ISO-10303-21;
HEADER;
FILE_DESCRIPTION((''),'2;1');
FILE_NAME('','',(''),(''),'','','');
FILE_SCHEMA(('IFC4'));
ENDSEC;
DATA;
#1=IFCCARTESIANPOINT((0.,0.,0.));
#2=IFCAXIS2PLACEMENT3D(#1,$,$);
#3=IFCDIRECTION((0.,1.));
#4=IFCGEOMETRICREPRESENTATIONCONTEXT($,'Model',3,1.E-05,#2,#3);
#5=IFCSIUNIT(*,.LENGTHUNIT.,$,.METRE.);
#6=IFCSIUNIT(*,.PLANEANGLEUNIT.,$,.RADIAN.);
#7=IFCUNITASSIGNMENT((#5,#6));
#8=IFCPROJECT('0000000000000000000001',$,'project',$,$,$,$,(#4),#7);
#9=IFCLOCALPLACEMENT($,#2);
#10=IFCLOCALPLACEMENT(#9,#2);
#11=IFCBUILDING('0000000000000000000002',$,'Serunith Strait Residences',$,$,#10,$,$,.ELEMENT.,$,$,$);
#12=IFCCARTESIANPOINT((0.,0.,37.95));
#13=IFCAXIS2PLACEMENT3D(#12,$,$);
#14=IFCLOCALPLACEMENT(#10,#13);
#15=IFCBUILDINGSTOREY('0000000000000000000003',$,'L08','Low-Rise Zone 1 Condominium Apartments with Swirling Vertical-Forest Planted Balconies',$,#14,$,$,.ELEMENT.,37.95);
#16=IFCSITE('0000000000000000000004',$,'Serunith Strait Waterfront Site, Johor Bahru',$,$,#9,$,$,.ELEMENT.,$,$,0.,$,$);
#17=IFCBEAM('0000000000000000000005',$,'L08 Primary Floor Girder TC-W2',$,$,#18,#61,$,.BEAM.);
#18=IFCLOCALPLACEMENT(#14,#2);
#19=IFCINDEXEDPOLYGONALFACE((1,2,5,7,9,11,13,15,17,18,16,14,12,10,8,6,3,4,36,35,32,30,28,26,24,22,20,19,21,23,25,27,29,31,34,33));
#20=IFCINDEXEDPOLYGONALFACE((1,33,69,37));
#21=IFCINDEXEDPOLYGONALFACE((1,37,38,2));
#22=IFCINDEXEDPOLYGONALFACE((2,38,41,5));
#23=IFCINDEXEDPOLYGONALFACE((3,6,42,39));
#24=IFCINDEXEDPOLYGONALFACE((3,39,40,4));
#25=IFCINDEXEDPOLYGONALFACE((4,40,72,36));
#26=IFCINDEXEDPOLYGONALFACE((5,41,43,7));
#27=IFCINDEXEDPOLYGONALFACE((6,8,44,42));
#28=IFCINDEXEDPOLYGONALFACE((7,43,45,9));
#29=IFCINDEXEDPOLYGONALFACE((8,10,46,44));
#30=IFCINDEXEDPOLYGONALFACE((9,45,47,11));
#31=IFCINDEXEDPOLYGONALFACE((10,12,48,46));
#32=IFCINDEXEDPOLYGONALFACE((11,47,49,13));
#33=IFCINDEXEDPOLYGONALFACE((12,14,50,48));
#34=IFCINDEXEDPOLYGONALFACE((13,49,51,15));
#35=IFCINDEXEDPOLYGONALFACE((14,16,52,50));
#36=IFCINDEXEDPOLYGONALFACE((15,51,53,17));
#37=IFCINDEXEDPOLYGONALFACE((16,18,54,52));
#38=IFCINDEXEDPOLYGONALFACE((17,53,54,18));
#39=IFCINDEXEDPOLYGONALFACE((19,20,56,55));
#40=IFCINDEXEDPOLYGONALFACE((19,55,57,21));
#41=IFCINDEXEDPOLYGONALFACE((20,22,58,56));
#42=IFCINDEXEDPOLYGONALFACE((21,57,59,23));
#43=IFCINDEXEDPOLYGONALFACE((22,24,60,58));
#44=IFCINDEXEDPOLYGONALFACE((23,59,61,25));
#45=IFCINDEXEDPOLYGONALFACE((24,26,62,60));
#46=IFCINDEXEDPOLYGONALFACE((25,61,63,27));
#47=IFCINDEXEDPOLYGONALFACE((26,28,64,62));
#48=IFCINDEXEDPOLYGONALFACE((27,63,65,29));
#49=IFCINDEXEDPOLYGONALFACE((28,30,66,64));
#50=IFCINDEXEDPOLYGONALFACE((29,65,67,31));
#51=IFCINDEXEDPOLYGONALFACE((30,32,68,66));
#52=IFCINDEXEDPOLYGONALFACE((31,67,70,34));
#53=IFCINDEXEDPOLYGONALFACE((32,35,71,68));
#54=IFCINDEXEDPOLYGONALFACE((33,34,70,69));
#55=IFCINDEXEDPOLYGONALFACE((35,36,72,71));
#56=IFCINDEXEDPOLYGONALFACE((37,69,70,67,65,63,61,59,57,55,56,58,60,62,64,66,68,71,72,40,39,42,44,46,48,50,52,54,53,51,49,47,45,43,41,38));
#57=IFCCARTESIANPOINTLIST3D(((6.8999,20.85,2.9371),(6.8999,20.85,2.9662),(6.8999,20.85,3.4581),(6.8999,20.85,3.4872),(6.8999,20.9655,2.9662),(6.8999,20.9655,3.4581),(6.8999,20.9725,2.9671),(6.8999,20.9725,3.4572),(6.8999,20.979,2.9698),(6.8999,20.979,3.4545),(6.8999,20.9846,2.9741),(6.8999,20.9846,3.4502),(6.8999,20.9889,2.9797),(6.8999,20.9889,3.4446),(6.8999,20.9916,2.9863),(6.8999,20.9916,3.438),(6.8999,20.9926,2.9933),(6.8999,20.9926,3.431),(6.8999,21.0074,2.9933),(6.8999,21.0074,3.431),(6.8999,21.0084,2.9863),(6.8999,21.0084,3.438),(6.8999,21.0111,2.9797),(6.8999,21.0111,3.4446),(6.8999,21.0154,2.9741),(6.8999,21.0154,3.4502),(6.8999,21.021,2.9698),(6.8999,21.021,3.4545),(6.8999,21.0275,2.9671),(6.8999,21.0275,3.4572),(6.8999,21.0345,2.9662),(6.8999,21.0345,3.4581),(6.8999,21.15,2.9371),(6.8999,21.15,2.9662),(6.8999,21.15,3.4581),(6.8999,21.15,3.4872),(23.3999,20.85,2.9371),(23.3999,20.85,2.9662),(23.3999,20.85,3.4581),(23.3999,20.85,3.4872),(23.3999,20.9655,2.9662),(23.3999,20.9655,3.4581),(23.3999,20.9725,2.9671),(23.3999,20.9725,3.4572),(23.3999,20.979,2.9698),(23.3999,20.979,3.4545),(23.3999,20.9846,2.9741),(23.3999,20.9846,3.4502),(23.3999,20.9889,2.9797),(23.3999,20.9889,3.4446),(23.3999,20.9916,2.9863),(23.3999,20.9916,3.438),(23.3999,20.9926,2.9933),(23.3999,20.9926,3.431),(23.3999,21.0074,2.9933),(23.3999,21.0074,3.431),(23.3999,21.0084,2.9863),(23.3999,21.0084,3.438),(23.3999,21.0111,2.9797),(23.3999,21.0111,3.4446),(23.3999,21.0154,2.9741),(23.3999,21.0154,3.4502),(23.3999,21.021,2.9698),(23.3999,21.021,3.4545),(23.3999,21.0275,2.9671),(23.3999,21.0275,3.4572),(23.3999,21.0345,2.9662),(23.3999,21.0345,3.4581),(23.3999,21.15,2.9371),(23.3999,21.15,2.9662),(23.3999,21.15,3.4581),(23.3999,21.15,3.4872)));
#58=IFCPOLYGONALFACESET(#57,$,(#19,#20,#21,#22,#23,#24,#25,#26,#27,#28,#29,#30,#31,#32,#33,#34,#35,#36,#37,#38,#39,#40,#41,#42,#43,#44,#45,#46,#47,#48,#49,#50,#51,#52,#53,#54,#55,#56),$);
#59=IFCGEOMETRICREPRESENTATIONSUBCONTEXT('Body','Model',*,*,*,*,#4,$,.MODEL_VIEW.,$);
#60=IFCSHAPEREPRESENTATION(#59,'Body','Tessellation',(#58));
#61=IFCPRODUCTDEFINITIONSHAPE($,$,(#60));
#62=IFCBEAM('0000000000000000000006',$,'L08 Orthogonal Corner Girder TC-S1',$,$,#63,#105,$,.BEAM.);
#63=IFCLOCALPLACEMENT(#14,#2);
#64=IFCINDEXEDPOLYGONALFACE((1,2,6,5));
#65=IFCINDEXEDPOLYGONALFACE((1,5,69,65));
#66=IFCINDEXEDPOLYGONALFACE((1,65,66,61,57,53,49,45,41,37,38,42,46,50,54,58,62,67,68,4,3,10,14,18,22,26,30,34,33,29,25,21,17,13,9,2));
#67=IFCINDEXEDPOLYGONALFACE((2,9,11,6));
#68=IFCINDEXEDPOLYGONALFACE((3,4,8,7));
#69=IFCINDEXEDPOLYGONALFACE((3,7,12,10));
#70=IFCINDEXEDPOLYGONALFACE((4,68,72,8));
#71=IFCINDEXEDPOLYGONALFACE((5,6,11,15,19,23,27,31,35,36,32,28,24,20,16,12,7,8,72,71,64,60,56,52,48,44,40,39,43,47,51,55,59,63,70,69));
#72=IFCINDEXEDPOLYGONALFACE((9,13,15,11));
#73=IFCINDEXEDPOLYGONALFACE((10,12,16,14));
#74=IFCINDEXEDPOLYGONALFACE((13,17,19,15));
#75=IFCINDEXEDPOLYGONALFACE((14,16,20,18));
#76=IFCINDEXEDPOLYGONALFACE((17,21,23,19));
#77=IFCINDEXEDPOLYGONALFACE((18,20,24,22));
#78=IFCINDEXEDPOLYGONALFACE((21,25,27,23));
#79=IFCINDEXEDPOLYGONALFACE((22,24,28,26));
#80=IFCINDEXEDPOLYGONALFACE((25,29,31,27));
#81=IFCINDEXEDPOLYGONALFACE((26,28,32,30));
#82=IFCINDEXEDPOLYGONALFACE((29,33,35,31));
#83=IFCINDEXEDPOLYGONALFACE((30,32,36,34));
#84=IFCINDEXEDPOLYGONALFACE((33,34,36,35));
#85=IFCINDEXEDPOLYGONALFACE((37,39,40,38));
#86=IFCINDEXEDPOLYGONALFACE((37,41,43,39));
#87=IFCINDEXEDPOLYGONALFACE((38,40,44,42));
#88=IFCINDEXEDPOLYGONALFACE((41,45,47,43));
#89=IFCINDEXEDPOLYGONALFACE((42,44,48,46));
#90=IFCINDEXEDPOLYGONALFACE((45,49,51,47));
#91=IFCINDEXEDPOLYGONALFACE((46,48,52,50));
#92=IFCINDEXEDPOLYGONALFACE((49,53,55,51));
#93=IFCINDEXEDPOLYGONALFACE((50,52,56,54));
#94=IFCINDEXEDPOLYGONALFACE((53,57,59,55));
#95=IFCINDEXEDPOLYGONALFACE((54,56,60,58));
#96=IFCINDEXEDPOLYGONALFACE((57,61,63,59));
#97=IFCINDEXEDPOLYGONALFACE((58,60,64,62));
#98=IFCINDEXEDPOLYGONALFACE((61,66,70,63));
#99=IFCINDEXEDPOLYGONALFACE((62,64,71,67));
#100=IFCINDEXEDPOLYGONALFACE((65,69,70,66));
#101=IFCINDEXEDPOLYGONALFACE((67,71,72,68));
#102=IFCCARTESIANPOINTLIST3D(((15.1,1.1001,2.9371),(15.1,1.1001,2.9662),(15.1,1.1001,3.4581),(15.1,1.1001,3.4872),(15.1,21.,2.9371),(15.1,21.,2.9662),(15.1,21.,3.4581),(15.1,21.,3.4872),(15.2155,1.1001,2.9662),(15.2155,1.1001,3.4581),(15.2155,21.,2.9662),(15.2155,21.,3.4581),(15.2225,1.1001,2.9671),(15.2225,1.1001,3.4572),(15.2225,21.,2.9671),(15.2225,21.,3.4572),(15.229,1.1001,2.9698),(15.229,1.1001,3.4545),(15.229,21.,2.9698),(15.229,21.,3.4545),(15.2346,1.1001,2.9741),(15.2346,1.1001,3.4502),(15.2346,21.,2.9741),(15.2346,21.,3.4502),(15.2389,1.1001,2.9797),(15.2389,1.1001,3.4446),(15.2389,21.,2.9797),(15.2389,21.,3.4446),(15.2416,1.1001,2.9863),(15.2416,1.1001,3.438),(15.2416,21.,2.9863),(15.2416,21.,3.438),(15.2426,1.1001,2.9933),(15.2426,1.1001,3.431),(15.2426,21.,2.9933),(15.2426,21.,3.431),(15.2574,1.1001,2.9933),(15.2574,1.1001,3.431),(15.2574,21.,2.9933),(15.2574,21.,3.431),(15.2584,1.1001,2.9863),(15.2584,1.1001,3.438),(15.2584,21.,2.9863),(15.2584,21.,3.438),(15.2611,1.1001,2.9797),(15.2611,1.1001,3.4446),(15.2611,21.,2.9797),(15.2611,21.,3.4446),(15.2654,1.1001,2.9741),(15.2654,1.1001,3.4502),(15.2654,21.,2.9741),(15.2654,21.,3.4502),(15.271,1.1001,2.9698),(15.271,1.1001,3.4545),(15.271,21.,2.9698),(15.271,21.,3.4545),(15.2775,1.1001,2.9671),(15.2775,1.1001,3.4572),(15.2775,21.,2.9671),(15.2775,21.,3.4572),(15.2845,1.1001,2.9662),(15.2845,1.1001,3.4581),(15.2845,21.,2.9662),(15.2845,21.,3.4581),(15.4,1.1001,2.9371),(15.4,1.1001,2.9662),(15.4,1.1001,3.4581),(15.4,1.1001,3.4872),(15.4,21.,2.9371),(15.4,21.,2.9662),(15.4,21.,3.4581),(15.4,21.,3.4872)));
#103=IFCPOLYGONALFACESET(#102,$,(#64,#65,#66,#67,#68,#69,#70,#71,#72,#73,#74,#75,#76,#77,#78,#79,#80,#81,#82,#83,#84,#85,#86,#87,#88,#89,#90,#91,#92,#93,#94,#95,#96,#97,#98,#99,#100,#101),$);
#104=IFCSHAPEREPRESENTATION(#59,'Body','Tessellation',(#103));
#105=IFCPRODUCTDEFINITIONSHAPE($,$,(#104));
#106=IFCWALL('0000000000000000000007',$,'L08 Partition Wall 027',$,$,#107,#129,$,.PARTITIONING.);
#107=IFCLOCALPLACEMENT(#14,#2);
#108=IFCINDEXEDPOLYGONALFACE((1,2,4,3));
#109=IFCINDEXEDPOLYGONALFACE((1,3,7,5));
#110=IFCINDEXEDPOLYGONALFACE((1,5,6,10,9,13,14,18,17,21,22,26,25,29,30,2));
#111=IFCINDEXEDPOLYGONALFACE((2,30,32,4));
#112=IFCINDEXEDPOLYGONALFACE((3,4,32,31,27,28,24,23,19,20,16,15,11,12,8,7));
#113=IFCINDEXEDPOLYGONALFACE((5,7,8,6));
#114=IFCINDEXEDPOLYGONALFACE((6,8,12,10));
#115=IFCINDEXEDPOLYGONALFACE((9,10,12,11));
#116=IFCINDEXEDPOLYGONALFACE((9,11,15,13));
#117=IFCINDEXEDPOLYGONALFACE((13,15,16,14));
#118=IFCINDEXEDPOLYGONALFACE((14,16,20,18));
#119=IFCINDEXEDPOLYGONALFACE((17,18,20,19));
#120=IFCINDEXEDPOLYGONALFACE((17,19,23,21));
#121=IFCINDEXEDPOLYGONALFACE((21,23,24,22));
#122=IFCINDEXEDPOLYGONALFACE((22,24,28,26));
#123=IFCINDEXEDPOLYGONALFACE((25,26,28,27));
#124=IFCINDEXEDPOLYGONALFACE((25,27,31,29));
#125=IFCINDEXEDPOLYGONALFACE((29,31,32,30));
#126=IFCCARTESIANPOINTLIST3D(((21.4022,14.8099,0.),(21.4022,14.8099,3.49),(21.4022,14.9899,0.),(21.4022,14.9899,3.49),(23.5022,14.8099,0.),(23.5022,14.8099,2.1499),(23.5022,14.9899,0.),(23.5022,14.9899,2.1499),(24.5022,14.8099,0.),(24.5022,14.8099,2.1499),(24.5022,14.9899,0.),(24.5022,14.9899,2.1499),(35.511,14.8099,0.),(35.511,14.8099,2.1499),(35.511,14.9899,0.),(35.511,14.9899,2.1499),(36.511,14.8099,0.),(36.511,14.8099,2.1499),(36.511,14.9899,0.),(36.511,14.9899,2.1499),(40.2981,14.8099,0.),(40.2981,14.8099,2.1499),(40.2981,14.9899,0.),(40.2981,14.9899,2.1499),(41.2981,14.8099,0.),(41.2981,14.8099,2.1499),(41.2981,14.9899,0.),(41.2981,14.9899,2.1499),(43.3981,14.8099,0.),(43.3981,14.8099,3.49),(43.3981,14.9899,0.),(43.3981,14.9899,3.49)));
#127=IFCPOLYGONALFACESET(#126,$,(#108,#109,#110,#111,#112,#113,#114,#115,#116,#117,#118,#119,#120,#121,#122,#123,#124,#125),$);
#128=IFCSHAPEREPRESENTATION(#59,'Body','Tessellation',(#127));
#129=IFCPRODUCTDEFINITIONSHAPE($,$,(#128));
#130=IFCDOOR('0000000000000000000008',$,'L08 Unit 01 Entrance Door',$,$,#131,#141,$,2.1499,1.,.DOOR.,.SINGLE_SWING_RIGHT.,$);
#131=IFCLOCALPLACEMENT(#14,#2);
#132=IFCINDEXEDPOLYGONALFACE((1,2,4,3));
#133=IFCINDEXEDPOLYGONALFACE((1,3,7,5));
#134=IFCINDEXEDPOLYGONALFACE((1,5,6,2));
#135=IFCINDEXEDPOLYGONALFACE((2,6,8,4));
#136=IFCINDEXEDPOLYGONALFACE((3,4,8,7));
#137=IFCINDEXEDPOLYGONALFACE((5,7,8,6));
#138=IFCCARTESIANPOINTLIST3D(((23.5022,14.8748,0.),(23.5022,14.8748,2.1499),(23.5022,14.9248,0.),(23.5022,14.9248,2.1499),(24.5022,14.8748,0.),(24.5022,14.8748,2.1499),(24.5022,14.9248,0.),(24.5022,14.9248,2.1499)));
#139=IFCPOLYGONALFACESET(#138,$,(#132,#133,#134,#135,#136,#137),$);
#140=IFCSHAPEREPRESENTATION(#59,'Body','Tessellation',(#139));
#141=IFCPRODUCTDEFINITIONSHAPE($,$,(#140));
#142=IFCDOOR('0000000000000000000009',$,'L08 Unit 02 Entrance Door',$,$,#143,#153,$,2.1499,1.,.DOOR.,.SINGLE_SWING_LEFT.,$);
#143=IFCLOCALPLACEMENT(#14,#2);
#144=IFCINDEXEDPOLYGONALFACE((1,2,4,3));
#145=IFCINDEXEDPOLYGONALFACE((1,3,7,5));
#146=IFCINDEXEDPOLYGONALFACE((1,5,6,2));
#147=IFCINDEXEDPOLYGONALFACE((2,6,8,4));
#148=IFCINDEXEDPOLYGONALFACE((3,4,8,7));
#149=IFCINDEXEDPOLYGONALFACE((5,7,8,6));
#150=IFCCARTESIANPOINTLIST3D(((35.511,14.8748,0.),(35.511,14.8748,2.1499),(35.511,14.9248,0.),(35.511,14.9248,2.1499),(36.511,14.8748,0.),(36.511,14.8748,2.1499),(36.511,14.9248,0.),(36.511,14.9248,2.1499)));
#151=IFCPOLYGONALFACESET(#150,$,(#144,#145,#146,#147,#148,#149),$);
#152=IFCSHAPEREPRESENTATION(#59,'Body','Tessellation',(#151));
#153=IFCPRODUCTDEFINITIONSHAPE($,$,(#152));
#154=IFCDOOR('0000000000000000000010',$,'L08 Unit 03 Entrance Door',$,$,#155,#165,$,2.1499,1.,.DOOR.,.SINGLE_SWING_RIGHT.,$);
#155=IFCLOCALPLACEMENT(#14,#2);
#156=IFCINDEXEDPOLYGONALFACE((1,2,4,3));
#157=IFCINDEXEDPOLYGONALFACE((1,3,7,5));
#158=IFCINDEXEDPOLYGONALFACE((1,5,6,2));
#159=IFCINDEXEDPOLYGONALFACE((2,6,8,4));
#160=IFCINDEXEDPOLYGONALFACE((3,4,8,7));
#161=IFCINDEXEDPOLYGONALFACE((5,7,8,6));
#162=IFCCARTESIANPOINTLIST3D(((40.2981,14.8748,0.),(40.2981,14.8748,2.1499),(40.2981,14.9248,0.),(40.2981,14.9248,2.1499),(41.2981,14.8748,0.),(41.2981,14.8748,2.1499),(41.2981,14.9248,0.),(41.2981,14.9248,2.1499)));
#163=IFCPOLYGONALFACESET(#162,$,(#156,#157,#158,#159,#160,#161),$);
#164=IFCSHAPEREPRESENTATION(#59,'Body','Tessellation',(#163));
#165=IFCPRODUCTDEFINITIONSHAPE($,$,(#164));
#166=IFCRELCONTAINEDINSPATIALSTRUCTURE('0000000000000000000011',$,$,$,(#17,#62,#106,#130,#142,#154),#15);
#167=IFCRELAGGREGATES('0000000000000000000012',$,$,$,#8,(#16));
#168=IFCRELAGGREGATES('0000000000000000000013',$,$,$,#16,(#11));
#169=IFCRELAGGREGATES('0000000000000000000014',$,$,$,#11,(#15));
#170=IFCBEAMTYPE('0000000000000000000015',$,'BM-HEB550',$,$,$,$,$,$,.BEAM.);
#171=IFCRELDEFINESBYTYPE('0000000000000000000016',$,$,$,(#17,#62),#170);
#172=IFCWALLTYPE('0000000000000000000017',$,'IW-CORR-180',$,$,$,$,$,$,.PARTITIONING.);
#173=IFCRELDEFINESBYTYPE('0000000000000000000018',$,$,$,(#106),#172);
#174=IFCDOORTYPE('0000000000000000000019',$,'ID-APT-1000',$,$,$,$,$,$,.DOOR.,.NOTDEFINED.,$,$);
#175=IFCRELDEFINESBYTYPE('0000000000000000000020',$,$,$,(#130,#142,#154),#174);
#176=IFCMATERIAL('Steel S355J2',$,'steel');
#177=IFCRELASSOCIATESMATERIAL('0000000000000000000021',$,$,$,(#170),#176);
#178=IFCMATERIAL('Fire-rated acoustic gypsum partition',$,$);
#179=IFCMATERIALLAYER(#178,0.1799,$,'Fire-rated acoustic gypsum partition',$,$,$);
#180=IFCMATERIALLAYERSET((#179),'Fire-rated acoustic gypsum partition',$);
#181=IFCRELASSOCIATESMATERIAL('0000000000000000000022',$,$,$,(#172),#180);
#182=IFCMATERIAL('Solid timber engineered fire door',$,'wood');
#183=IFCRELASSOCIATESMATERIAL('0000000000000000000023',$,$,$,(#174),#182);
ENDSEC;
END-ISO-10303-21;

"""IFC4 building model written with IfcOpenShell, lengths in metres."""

from ifc_helpers import new_model, si_unit, direction, frame, frame_2d, origin, origin_2d, place, context, subcontext, project, spatial, rectangle, i_section, extrude, source, transform, mapped, material, layer, layer_set, material_profile, profile_set, type_object, element, fill, save


model = new_model("IFC4")

# Units and contexts
model_context = context("Model", 3, precision=1e-05, world=origin(), true_north=direction((0.0, 1.0)))
body_context = subcontext(model_context, "Body", "Model", "MODEL_VIEW")
ifc_project = project(units=[si_unit("LENGTHUNIT", "METRE"), si_unit("PLANEANGLEUNIT", "RADIAN")], contexts=[model_context])

# Site, building, storey
site_placement = place(None, origin())
site = spatial("IfcSite", under=ifc_project, at=site_placement, Name="Serunith Strait Waterfront Site, Johor Bahru", CompositionType="ELEMENT", RefElevation=0.0)
building_placement = place(site_placement, origin())
building = spatial("IfcBuilding", under=site, at=building_placement, Name="Serunith Strait Residences", CompositionType="ELEMENT")
storey_placement = place(building_placement, frame((0.0, 0.0, 37.95)))
storey = spatial("IfcBuildingStorey", under=building, at=storey_placement, Name="L08", Description="Low-Rise Zone 1 Condominium Apartments with Swirling Vertical-Forest Planted Balconies", CompositionType="ELEMENT", Elevation=37.95)

# Beams
ifc_material_1 = material(Name="Steel S355J2", Category="steel")
ifc_material_profile = material_profile(ifc_material_1, i_section(OverallWidth=0.3, OverallDepth=0.55, WebThickness=0.0149, FlangeThickness=0.0291, FilletRadius=0.0271, at=origin_2d()), Name="HEB 550")
ifc_profile_set = profile_set([ifc_material_profile], Name="Steel S355J2")
beam_type = type_object("IfcBeamType", Name="BM-HEB550", PredefinedType="BEAM", material=ifc_profile_set)
shared_shape_1 = source(origin(), body_context, "Body", "SweptSolid", [
    extrude(i_section(OverallWidth=0.3, OverallDepth=0.55, WebThickness=0.0149, FlangeThickness=0.0291, FilletRadius=0.0271, at=origin_2d()), origin(), (0.0, 0.0, 1.0), 16.5),
])
beam_1_placement = place(storey_placement, frame((23.3999, 21.0, 3.2122), z_axis=(-1.0, 0.0, 0.0), x_axis=(0.0, -1.0, 0.0)))
element("IfcBeam", 1, at=beam_1_placement, inside=storey, type_object=beam_type, Name="L08 Primary Floor Girder TC-W2", PredefinedType="BEAM", context=body_context, shape_type="MappedRepresentation", body=[
    mapped(shared_shape_1, transform((0.0, 0.0, 0.0), scale=1.0)),
])
shared_shape_2 = source(origin(), body_context, "Body", "SweptSolid", [
    extrude(i_section(OverallWidth=0.3, OverallDepth=0.55, WebThickness=0.0149, FlangeThickness=0.0291, FilletRadius=0.0271, at=origin_2d()), origin(), (0.0, 0.0, 1.0), 19.8999),
])
beam_2_placement = place(storey_placement, frame((15.25, 21.0, 3.2122), z_axis=(0.0, -1.0, 0.0), x_axis=(1.0, 0.0, 0.0)))
element("IfcBeam", 2, at=beam_2_placement, inside=storey, type_object=beam_type, Name="L08 Orthogonal Corner Girder TC-S1", PredefinedType="BEAM", context=body_context, shape_type="MappedRepresentation", body=[
    mapped(shared_shape_2, transform((0.0, 0.0, 0.0), scale=1.0)),
])

# Wall, openings, doors
ifc_material_2 = material(Name="Fire-rated acoustic gypsum partition")
ifc_layer_1 = layer(ifc_material_2, 0.1799, Name="Fire-rated acoustic gypsum partition")
ifc_layer_set_1 = layer_set([ifc_layer_1], Name="Fire-rated acoustic gypsum partition")
wall_type_1 = type_object("IfcWallType", Name="IW-CORR-180", PredefinedType="PARTITIONING", material=ifc_layer_set_1)
wall_1_placement = place(storey_placement, frame((21.4021, 14.8999, 0.0), z_axis=(0.0, 0.0, 1.0), x_axis=(1.0, 0.0, 0.0)))
wall_1 = element("IfcWall", 3, at=wall_1_placement, inside=storey, type_object=wall_type_1, Name="L08 Partition Wall 027", PredefinedType="PARTITIONING", context=body_context, shape_type="SweptSolid", body=[
    extrude(rectangle(XDim=21.9958, YDim=0.1799, at=frame_2d((10.998, 0.0))), origin(), (0.0, 0.0, 1.0), 3.49),
])
opening_1_placement = place(wall_1_placement, frame((2.1001, 0.0, 0.0)))
opening_1 = element("IfcOpeningElement", 4, at=opening_1_placement, cuts=wall_1, PredefinedType="OPENING", context=body_context, shape_type="SweptSolid", body=[
    extrude(rectangle(XDim=1.0, YDim=2.1499, at=frame_2d((0.5, 1.075))), frame((0.0, 0.1001, 0.0), z_axis=(0.0, -1.0, 0.0), x_axis=(1.0, 0.0, 0.0)), (0.0, 0.0, 1.0), 0.2),
])
opening_2_placement = place(wall_1_placement, frame((14.1089, 0.0, 0.0)))
opening_2 = element("IfcOpeningElement", 5, at=opening_2_placement, cuts=wall_1, PredefinedType="OPENING", context=body_context, shape_type="SweptSolid", body=[
    extrude(rectangle(XDim=1.0, YDim=2.1499, at=frame_2d((0.5, 1.075))), frame((0.0, 0.1001, 0.0), z_axis=(0.0, -1.0, 0.0), x_axis=(1.0, 0.0, 0.0)), (0.0, 0.0, 1.0), 0.2),
])
opening_3_placement = place(wall_1_placement, frame((18.896, 0.0, 0.0)))
opening_3 = element("IfcOpeningElement", 6, at=opening_3_placement, cuts=wall_1, PredefinedType="OPENING", context=body_context, shape_type="SweptSolid", body=[
    extrude(rectangle(XDim=1.0, YDim=2.1499, at=frame_2d((0.5, 1.075))), frame((0.0, 0.1001, 0.0), z_axis=(0.0, -1.0, 0.0), x_axis=(1.0, 0.0, 0.0)), (0.0, 0.0, 1.0), 0.2),
])
ifc_material_3 = material(Name="Solid timber engineered fire door", Category="wood")
door_type_1 = type_object("IfcDoorType", Name="ID-APT-1000", OperationType="NOTDEFINED", PredefinedType="DOOR", material=ifc_material_3)
shared_shape_3 = source(origin(), body_context, "Body", "SweptSolid", [
    extrude(rectangle(XDim=1.0, YDim=2.1499, at=frame_2d((0.5, 1.075))), frame((0.0, 0.0249, 0.0), z_axis=(0.0, -1.0, 0.0), x_axis=(1.0, 0.0, 0.0)), (0.0, 0.0, 1.0), 0.05),
])
door_1_placement = place(opening_1_placement, origin())
door_1 = element("IfcDoor", 7, at=door_1_placement, inside=storey, type_object=door_type_1, Name="L08 Unit 01 Entrance Door", OperationType="SINGLE_SWING_RIGHT", OverallHeight=2.1499, OverallWidth=1.0, PredefinedType="DOOR", context=body_context, shape_type="MappedRepresentation", body=[
    mapped(shared_shape_3, transform((0.0, 0.0, 0.0), scale=1.0)),
])
fill(opening_1, door_1)
door_2_placement = place(opening_2_placement, origin())
door_2 = element("IfcDoor", 8, at=door_2_placement, inside=storey, type_object=door_type_1, Name="L08 Unit 02 Entrance Door", OperationType="SINGLE_SWING_LEFT", OverallHeight=2.1499, OverallWidth=1.0, PredefinedType="DOOR", context=body_context, shape_type="MappedRepresentation", body=[
    mapped(shared_shape_3, transform((0.0, 0.0, 0.0), scale=1.0)),
])
fill(opening_2, door_2)
door_3_placement = place(opening_3_placement, origin())
door_3 = element("IfcDoor", 9, at=door_3_placement, inside=storey, type_object=door_type_1, Name="L08 Unit 03 Entrance Door", OperationType="SINGLE_SWING_RIGHT", OverallHeight=2.1499, OverallWidth=1.0, PredefinedType="DOOR", context=body_context, shape_type="MappedRepresentation", body=[
    mapped(shared_shape_3, transform((0.0, 0.0, 0.0), scale=1.0)),
])
fill(opening_3, door_3)

save(model, "model.ifc")
